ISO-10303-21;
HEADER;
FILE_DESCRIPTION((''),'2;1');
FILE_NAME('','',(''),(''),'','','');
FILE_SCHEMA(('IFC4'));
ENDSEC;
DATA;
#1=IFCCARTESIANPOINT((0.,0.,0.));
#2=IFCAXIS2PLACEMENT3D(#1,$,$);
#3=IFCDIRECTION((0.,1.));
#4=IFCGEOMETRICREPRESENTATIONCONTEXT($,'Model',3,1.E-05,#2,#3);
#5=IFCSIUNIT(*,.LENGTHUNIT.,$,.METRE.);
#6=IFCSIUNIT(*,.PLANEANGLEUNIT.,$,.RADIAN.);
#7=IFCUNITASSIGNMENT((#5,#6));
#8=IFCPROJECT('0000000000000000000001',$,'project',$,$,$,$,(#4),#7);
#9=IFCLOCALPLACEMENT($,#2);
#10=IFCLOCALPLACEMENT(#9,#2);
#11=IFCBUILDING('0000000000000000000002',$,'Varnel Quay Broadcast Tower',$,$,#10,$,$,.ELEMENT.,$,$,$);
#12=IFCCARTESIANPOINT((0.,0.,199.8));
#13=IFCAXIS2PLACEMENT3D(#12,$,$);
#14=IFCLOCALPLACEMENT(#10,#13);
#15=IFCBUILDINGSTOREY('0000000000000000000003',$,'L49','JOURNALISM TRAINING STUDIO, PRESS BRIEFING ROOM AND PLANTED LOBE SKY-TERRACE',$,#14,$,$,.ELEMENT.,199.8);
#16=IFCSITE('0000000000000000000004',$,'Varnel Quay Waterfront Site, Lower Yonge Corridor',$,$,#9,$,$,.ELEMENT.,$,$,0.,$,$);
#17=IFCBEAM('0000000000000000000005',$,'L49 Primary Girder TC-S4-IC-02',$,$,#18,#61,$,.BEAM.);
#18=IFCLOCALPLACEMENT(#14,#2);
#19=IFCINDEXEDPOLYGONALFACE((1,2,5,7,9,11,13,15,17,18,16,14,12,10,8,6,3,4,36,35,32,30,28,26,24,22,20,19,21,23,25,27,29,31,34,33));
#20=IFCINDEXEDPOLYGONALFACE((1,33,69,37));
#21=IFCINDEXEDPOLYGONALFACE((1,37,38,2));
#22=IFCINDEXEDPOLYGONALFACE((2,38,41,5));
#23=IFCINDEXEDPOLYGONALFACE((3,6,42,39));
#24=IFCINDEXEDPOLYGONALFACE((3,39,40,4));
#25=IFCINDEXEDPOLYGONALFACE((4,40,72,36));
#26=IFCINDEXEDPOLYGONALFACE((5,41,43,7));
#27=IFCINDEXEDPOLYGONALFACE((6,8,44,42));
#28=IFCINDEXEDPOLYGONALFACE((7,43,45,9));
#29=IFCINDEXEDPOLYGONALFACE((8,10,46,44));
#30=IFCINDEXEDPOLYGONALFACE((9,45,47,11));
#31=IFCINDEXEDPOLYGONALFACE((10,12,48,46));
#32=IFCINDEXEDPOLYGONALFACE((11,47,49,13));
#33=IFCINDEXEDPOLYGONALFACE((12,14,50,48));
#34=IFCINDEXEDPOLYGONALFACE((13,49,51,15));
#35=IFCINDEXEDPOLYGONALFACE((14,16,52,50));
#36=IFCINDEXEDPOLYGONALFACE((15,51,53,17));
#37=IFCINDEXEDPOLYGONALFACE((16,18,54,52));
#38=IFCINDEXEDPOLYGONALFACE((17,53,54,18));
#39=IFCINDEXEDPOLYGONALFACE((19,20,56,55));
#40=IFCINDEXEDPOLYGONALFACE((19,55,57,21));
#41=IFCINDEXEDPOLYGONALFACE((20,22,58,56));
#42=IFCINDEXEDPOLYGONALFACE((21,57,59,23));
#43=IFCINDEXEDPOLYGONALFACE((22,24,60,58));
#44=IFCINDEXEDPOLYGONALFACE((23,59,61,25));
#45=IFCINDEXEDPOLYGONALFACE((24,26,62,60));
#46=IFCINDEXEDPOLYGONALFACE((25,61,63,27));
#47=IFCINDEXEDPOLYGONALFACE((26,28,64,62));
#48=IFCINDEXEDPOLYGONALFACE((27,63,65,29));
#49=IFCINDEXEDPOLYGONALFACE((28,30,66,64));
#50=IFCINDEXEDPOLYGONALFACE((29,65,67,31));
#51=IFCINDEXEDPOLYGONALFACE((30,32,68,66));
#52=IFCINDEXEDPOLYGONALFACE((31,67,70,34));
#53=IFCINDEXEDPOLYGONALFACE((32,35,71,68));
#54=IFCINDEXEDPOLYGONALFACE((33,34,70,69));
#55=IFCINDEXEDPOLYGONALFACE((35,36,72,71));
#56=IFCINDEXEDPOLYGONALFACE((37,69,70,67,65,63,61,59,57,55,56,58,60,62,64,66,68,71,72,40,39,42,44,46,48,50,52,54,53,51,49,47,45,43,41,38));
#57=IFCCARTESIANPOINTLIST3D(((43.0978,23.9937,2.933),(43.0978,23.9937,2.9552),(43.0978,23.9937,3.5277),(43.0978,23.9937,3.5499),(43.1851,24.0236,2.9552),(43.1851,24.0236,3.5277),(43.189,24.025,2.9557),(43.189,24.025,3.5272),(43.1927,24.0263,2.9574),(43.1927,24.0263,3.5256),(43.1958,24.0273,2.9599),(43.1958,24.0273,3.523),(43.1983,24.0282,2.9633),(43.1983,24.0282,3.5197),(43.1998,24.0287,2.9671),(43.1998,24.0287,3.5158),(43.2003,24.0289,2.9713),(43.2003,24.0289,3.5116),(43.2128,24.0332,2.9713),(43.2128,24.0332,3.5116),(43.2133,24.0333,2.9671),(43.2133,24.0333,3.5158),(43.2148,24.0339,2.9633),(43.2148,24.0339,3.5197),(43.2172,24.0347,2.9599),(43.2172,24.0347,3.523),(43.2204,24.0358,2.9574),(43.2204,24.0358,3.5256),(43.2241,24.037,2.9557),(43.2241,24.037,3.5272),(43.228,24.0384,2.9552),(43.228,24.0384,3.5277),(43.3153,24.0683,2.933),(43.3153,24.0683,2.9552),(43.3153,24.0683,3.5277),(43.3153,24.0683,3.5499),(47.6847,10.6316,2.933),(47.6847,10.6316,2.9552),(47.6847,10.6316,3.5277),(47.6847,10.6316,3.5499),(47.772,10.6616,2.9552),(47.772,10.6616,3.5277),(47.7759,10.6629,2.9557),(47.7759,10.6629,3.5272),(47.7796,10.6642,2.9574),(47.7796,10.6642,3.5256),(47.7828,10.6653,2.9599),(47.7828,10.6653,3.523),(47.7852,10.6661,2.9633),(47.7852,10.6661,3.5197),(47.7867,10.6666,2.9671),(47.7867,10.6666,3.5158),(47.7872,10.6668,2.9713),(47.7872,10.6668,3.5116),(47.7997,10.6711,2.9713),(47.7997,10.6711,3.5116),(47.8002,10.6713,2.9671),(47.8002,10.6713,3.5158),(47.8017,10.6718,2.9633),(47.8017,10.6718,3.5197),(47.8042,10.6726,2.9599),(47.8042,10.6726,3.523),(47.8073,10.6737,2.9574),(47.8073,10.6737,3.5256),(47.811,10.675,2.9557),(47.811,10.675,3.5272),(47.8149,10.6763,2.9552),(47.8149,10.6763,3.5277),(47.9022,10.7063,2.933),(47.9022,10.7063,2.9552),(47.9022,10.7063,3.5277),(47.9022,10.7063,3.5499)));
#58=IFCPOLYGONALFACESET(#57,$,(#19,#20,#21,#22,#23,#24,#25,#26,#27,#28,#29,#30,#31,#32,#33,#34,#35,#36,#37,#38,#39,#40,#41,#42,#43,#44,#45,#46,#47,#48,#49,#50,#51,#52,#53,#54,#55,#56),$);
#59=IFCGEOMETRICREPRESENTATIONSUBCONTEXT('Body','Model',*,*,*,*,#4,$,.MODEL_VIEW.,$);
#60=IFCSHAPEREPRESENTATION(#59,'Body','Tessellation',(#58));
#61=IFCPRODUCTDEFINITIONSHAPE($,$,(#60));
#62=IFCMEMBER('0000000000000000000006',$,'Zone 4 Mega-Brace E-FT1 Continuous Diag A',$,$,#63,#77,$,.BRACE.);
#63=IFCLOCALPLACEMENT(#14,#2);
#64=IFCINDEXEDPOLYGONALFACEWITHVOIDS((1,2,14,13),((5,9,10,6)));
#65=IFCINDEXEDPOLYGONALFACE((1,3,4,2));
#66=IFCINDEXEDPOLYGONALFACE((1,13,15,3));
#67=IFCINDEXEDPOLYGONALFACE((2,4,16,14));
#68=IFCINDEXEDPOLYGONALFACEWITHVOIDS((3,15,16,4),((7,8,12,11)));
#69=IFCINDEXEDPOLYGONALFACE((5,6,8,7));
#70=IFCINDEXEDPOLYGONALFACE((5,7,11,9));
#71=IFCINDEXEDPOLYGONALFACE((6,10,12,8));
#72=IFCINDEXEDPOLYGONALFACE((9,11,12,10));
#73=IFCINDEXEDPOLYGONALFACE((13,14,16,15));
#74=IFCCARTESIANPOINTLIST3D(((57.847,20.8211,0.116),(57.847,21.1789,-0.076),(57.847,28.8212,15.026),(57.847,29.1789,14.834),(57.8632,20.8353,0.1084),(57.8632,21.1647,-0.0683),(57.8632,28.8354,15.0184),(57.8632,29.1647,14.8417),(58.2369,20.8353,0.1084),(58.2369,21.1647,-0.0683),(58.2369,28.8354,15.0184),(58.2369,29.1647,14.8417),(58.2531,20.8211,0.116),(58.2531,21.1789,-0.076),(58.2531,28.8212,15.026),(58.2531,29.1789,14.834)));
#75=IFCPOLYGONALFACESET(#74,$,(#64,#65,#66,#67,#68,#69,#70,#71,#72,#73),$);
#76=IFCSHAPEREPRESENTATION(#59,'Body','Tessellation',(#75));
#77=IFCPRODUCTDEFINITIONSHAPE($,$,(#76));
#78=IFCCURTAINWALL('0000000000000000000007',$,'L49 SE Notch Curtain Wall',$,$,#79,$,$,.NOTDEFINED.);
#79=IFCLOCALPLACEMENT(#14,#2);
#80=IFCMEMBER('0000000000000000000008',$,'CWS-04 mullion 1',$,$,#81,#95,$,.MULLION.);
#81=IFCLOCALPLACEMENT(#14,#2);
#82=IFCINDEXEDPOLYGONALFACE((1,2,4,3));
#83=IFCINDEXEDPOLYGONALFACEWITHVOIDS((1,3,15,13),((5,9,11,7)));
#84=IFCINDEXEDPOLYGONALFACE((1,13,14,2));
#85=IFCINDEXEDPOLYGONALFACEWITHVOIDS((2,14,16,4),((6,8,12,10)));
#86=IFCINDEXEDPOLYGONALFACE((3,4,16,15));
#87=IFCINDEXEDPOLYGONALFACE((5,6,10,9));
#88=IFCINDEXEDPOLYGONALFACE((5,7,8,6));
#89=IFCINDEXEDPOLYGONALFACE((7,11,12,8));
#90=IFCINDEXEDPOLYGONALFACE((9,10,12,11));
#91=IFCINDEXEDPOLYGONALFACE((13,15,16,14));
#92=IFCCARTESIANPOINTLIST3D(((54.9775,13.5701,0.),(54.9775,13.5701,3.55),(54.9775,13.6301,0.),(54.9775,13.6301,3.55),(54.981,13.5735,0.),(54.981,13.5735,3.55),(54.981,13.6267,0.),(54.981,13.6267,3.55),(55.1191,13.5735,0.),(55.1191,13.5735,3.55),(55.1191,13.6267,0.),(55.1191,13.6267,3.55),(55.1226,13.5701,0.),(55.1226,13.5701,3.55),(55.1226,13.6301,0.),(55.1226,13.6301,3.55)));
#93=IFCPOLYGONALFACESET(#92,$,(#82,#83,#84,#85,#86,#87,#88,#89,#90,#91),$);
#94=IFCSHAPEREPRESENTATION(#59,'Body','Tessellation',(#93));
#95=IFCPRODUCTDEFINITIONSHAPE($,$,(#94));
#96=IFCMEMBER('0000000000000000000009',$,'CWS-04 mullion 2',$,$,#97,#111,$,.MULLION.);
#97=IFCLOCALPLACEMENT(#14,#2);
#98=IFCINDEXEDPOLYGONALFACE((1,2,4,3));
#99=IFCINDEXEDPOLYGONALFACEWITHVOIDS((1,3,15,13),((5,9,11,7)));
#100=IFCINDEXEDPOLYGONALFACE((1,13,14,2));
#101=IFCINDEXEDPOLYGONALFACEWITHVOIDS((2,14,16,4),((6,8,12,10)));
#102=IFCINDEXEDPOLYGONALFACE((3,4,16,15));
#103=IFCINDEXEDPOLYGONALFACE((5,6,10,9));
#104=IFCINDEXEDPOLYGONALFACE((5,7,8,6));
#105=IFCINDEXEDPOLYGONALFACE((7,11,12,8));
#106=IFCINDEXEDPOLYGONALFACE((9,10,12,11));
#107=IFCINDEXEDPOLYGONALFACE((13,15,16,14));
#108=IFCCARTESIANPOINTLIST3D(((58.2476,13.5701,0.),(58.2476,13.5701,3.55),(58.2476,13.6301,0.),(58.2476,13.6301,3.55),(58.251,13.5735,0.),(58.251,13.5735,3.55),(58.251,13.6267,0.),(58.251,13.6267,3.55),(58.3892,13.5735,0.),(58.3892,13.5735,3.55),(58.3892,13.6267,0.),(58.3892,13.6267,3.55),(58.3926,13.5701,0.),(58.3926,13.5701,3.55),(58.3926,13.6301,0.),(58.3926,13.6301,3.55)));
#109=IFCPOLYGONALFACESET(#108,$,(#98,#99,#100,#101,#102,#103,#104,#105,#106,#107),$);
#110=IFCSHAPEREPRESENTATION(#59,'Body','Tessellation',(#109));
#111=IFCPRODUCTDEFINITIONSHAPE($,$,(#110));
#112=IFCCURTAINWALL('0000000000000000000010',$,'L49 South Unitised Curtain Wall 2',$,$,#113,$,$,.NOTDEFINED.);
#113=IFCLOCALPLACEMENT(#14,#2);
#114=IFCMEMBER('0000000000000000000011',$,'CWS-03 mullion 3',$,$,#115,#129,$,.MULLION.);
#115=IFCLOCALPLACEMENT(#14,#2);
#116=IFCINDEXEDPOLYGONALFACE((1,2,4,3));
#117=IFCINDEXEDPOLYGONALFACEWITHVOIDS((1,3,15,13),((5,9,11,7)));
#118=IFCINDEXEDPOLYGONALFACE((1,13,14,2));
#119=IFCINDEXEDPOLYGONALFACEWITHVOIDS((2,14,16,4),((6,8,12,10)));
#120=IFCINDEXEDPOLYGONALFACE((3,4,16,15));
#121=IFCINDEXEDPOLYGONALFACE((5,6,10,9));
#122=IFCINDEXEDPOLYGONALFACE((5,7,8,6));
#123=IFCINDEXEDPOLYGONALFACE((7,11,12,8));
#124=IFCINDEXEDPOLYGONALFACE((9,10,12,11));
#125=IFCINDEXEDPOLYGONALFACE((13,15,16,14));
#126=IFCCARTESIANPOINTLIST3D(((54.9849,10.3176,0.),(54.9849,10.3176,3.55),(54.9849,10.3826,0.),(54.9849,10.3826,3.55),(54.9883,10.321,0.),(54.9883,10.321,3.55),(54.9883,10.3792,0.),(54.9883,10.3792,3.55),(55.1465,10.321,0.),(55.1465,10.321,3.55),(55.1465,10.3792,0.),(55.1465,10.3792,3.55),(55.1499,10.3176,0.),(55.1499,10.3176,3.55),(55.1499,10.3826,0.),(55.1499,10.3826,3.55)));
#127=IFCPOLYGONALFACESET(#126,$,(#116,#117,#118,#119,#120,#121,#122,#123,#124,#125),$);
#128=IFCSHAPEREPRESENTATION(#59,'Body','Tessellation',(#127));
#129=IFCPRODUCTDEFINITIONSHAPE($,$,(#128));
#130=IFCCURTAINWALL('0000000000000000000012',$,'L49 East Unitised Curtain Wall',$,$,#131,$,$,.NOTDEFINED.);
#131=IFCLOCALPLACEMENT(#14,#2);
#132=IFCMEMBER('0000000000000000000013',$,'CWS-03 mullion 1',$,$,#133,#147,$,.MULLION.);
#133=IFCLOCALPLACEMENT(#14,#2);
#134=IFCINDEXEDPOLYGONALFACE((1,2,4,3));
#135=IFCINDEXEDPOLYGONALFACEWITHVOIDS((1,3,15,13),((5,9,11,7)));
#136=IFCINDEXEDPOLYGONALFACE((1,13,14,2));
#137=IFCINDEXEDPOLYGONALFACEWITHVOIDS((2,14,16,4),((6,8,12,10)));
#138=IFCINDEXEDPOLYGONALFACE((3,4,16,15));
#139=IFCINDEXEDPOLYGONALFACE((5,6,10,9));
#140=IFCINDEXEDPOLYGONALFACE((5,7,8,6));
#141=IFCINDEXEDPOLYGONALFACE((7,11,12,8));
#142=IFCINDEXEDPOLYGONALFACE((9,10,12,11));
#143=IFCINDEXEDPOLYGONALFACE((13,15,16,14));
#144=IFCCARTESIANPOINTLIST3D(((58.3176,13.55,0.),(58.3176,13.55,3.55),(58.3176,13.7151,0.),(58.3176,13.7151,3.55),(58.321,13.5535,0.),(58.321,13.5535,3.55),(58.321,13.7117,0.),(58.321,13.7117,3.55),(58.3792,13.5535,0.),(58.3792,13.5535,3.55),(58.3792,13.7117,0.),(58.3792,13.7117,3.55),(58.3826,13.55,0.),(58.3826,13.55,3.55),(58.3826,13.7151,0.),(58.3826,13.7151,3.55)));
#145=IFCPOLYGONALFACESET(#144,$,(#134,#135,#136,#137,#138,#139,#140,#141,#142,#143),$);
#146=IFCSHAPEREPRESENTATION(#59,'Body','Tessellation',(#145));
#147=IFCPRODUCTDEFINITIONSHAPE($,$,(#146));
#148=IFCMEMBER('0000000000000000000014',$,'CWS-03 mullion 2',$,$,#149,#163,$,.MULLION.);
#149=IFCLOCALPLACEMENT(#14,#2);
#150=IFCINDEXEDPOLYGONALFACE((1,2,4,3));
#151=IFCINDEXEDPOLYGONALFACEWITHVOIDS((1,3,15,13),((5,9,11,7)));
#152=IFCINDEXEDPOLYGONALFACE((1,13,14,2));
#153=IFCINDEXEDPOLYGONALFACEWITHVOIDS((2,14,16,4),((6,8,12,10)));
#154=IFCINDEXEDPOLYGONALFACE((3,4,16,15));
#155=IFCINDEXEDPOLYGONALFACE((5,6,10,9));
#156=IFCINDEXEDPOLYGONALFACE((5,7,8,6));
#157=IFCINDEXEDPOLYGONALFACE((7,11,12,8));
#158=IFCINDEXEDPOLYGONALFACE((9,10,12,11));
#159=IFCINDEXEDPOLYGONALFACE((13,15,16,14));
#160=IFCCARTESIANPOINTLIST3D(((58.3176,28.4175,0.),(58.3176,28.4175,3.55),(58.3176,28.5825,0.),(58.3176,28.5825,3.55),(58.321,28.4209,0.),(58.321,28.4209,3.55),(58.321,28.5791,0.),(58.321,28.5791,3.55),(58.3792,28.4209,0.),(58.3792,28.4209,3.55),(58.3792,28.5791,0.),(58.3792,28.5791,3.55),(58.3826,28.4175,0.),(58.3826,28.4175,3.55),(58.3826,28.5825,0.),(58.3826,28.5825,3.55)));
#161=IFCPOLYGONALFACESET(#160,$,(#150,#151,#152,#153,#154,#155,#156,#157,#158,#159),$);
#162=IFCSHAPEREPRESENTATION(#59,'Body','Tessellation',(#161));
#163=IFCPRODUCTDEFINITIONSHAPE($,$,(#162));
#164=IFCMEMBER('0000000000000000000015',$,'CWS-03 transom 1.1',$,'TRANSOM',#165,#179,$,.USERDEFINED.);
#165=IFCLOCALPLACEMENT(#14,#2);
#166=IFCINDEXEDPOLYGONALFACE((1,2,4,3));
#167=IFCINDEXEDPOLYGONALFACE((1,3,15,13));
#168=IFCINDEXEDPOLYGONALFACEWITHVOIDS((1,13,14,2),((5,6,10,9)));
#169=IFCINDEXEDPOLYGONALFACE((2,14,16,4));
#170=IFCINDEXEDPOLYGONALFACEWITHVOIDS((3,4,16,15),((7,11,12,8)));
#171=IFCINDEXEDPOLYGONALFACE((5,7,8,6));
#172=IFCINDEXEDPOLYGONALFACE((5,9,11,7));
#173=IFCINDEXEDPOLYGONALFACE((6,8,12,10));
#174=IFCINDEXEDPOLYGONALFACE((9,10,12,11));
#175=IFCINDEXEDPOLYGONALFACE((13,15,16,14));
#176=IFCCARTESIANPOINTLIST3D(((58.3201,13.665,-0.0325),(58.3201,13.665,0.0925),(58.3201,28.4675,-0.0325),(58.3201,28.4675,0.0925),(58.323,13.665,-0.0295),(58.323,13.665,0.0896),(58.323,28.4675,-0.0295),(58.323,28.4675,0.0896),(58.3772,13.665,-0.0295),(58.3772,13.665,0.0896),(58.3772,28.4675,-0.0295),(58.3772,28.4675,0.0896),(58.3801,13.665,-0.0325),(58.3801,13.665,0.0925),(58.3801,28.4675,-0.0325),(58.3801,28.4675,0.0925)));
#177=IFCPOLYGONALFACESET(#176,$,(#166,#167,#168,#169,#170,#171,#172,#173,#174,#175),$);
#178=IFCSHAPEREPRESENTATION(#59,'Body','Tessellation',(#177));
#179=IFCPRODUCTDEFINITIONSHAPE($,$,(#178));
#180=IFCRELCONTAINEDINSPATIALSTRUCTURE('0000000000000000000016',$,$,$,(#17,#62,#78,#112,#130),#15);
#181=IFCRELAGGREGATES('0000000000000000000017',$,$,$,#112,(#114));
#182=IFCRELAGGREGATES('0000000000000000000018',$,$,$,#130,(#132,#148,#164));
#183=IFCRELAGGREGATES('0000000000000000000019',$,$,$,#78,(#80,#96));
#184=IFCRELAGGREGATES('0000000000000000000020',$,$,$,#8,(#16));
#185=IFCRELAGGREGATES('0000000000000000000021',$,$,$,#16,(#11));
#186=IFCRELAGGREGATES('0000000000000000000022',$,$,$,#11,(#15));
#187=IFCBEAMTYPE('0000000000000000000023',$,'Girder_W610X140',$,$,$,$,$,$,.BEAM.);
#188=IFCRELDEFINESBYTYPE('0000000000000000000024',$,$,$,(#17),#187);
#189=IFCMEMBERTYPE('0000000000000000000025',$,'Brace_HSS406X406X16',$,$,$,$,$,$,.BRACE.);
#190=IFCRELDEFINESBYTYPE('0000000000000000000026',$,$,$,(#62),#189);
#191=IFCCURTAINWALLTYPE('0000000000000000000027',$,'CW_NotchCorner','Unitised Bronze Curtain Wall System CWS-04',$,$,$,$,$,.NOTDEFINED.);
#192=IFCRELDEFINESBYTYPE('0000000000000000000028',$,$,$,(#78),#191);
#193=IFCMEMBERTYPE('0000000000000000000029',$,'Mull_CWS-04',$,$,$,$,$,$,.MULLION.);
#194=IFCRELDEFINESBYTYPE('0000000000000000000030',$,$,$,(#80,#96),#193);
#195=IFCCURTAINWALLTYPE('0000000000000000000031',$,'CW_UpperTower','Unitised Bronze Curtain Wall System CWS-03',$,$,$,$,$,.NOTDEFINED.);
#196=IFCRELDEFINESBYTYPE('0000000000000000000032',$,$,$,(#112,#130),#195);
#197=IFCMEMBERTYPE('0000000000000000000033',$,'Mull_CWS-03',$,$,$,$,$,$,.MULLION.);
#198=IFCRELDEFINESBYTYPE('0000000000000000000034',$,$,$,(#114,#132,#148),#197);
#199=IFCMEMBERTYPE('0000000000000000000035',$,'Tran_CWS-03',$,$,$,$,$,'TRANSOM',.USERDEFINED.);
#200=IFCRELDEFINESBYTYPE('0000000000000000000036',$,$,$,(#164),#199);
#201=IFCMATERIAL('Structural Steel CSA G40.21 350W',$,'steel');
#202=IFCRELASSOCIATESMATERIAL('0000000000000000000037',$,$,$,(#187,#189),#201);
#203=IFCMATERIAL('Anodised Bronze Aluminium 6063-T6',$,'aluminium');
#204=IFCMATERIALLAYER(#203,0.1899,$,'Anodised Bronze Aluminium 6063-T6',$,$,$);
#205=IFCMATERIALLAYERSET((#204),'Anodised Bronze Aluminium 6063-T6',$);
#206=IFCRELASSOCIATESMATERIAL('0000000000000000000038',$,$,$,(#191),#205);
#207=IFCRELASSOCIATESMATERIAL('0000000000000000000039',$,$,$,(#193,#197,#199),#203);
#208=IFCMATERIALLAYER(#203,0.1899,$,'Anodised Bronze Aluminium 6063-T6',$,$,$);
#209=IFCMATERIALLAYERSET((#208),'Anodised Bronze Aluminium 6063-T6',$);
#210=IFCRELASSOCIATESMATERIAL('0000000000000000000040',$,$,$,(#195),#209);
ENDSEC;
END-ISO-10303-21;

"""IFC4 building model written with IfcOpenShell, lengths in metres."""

from ifc_helpers import new_model, si_unit, direction, frame, origin, origin_2d, place, context, subcontext, project, spatial, hollow_rectangle, i_section, extrude, source, transform, mapped, material, layer, layer_set, material_profile, profile_set, type_object, type_shapes, element, aggregate, save


model = new_model("IFC4")

# Units and contexts
model_context = context("Model", 3, precision=1e-05, world=origin(), true_north=direction((0.0, 1.0)))
body_context = subcontext(model_context, "Body", "Model", "MODEL_VIEW")
ifc_project = project(units=[si_unit("LENGTHUNIT", "METRE"), si_unit("PLANEANGLEUNIT", "RADIAN")], contexts=[model_context])

# Site, building, storey
site_placement = place(None, origin())
site = spatial("IfcSite", under=ifc_project, at=site_placement, Name="Varnel Quay Waterfront Site, Lower Yonge Corridor", CompositionType="ELEMENT", RefElevation=0.0)
building_placement = place(site_placement, origin())
building = spatial("IfcBuilding", under=site, at=building_placement, Name="Varnel Quay Broadcast Tower", CompositionType="ELEMENT")
storey_placement = place(building_placement, frame((0.0, 0.0, 199.8)))
storey = spatial("IfcBuildingStorey", under=building, at=storey_placement, Name="L49", Description="JOURNALISM TRAINING STUDIO, PRESS BRIEFING ROOM AND PLANTED LOBE SKY-TERRACE", CompositionType="ELEMENT", Elevation=199.8)

# Shared definitions
ifc_material_1 = material(Name="Structural Steel CSA G40.21 350W", Category="steel")

# Beam
ifc_material_profile_1 = material_profile(ifc_material_1, i_section(OverallWidth=0.23, OverallDepth=0.6169, WebThickness=0.0132, FlangeThickness=0.0222, FilletRadius=0.0161, at=origin_2d()), Name="W610X140")
ifc_profile_set_1 = profile_set([ifc_material_profile_1], Name="Structural Steel CSA G40.21 350W")
beam_type_1 = type_object("IfcBeamType", Name="Girder_W610X140", PredefinedType="BEAM", material=ifc_profile_set_1)
shared_shape_1 = source(origin(), body_context, "Body", "SweptSolid", [
    extrude(i_section(OverallWidth=0.23, OverallDepth=0.6169, WebThickness=0.0132, FlangeThickness=0.0222, FilletRadius=0.0161, at=origin_2d()), origin(), (0.0, 0.0, 1.0), 14.1274),
])
type_shapes(beam_type_1, [shared_shape_1])
beam_1_placement = place(storey_placement, frame((47.7935, 10.6689, 3.2415), z_axis=(-0.324681, 0.945823, 0.0), x_axis=(-0.945823, -0.324681, 0.0)))
element("IfcBeam", 1, at=beam_1_placement, inside=storey, type_object=beam_type_1, Name="L49 Primary Girder TC-S4-IC-02", PredefinedType="BEAM", context=body_context, shape_type="MappedRepresentation", body=[
    mapped(shared_shape_1, transform((0.0, 0.0, 0.0), x_axis=(1.0, 0.0, 0.0), y_axis=(0.0, 1.0, 0.0), z_axis=(0.0, 0.0, 1.0), scale=1.0)),
])

# Member
ifc_material_profile_2 = material_profile(ifc_material_1, hollow_rectangle(XDim=0.406, YDim=0.406, WallThickness=0.0161, at=origin_2d()), Name="HSS406X406X16")
ifc_profile_set_2 = profile_set([ifc_material_profile_2], Name="Structural Steel CSA G40.21 350W")
member_type_1 = type_object("IfcMemberType", Name="Brace_HSS406X406X16", PredefinedType="BRACE", material=ifc_profile_set_2)
shared_shape_2 = source(origin(), body_context, "Body", "SweptSolid", [
    extrude(hollow_rectangle(XDim=0.406, YDim=0.406, WallThickness=0.0161, at=origin_2d()), origin(), (0.0, 0.0, 1.0), 16.9207),
])
type_shapes(member_type_1, [shared_shape_2])
member_1_placement = place(storey_placement, frame((58.05, 21.0, 0.02), z_axis=(0.0, 0.472797, 0.881171), x_axis=(-1.0, 0.0, 0.0)))
element("IfcMember", 2, at=member_1_placement, inside=storey, type_object=member_type_1, Name="Zone 4 Mega-Brace E-FT1 Continuous Diag A", PredefinedType="BRACE", context=body_context, shape_type="MappedRepresentation", body=[
    mapped(shared_shape_2, transform((0.0, 0.0, 0.0), x_axis=(1.0, 0.0, 0.0), y_axis=(0.0, 1.0, 0.0), z_axis=(0.0, 0.0, 1.0), scale=1.0)),
])

# Curtain wall, members
ifc_material_2 = material(Name="Anodised Bronze Aluminium 6063-T6", Category="aluminium")
ifc_layer_1 = layer(ifc_material_2, 0.1899, Name="Anodised Bronze Aluminium 6063-T6")
ifc_layer_set_1 = layer_set([ifc_layer_1], Name="Anodised Bronze Aluminium 6063-T6")
curtain_wall_type_1 = type_object("IfcCurtainWallType", Name="CW_NotchCorner", Description="Unitised Bronze Curtain Wall System CWS-04", PredefinedType="NOTDEFINED", material=ifc_layer_set_1)
curtain_wall_1_placement = place(storey_placement, origin())
curtain_wall_1 = element("IfcCurtainWall", 3, at=curtain_wall_1_placement, inside=storey, type_object=curtain_wall_type_1, Name="L49 SE Notch Curtain Wall", PredefinedType="NOTDEFINED")
ifc_material_profile_3 = material_profile(ifc_material_2, hollow_rectangle(XDim=0.0601, YDim=0.145, WallThickness=0.0034, at=origin_2d()), Name="ALU60X145X3.5")
ifc_profile_set_3 = profile_set([ifc_material_profile_3], Name="Anodised Bronze Aluminium 6063-T6")
member_type_2 = type_object("IfcMemberType", Name="Mull_CWS-04", PredefinedType="MULLION", material=ifc_profile_set_3)
shared_shape_3 = source(origin(), body_context, "Body", "SweptSolid", [
    extrude(hollow_rectangle(XDim=0.0601, YDim=0.145, WallThickness=0.0034, at=origin_2d()), origin(), (0.0, 0.0, 1.0), 3.55),
])
type_shapes(member_type_2, [shared_shape_3])
member_2_placement = place(storey_placement, frame((55.05, 13.6001, 0.0), z_axis=(0.0, 0.0, 1.0), x_axis=(0.0, 1.0, 0.0)))
member_2 = element("IfcMember", 4, at=member_2_placement, type_object=member_type_2, Name="CWS-04 mullion 1", PredefinedType="MULLION", context=body_context, shape_type="MappedRepresentation", body=[
    mapped(shared_shape_3, transform((0.0, 0.0, 0.0), x_axis=(1.0, 0.0, 0.0), y_axis=(0.0, 1.0, 0.0), z_axis=(0.0, 0.0, 1.0), scale=1.0)),
])
member_3_placement = place(storey_placement, frame((58.3201, 13.6001, 0.0), z_axis=(0.0, 0.0, 1.0), x_axis=(0.0, 1.0, 0.0)))
member_3 = element("IfcMember", 5, at=member_3_placement, type_object=member_type_2, Name="CWS-04 mullion 2", PredefinedType="MULLION", context=body_context, shape_type="MappedRepresentation", body=[
    mapped(shared_shape_3, transform((0.0, 0.0, 0.0), x_axis=(1.0, 0.0, 0.0), y_axis=(0.0, 1.0, 0.0), z_axis=(0.0, 0.0, 1.0), scale=1.0)),
])

# Curtain wall, member
ifc_layer_2 = layer(ifc_material_2, 0.1899, Name="Anodised Bronze Aluminium 6063-T6")
ifc_layer_set_2 = layer_set([ifc_layer_2], Name="Anodised Bronze Aluminium 6063-T6")
curtain_wall_type_2 = type_object("IfcCurtainWallType", Name="CW_UpperTower", Description="Unitised Bronze Curtain Wall System CWS-03", PredefinedType="NOTDEFINED", material=ifc_layer_set_2)
curtain_wall_2_placement = place(storey_placement, origin())
curtain_wall_2 = element("IfcCurtainWall", 6, at=curtain_wall_2_placement, inside=storey, type_object=curtain_wall_type_2, Name="L49 South Unitised Curtain Wall 2", PredefinedType="NOTDEFINED")
ifc_material_profile_4 = material_profile(ifc_material_2, hollow_rectangle(XDim=0.0649, YDim=0.165, WallThickness=0.0034, at=origin_2d()), Name="ALU65X165X3.5")
ifc_profile_set_4 = profile_set([ifc_material_profile_4], Name="Anodised Bronze Aluminium 6063-T6")
member_type_3 = type_object("IfcMemberType", Name="Mull_CWS-03", PredefinedType="MULLION", material=ifc_profile_set_4)
shared_shape_4 = source(origin(), body_context, "Body", "SweptSolid", [
    extrude(hollow_rectangle(XDim=0.0649, YDim=0.165, WallThickness=0.0034, at=origin_2d()), origin(), (0.0, 0.0, 1.0), 3.55),
])
type_shapes(member_type_3, [shared_shape_4])
member_4_placement = place(storey_placement, frame((55.0674, 10.3501, 0.0), z_axis=(0.0, 0.0, 1.0), x_axis=(0.0, 1.0, 0.0)))
member_4 = element("IfcMember", 7, at=member_4_placement, type_object=member_type_3, Name="CWS-03 mullion 3", PredefinedType="MULLION", context=body_context, shape_type="MappedRepresentation", body=[
    mapped(shared_shape_4, transform((0.0, 0.0, 0.0), x_axis=(1.0, 0.0, 0.0), y_axis=(0.0, 1.0, 0.0), z_axis=(0.0, 0.0, 1.0), scale=1.0)),
])

# Curtain wall, members
curtain_wall_3_placement = place(storey_placement, origin())
curtain_wall_3 = element("IfcCurtainWall", 8, at=curtain_wall_3_placement, inside=storey, type_object=curtain_wall_type_2, Name="L49 East Unitised Curtain Wall", PredefinedType="NOTDEFINED")
member_5_placement = place(storey_placement, frame((58.3501, 13.6326, 0.0), z_axis=(0.0, 0.0, 1.0), x_axis=(-1.0, 0.0, 0.0)))
member_5 = element("IfcMember", 9, at=member_5_placement, type_object=member_type_3, Name="CWS-03 mullion 1", PredefinedType="MULLION", context=body_context, shape_type="MappedRepresentation", body=[
    mapped(shared_shape_4, transform((0.0, 0.0, 0.0), x_axis=(1.0, 0.0, 0.0), y_axis=(0.0, 1.0, 0.0), z_axis=(0.0, 0.0, 1.0), scale=1.0)),
])
member_6_placement = place(storey_placement, frame((58.3501, 28.5, 0.0), z_axis=(0.0, 0.0, 1.0), x_axis=(-1.0, 0.0, 0.0)))
member_6 = element("IfcMember", 10, at=member_6_placement, type_object=member_type_3, Name="CWS-03 mullion 2", PredefinedType="MULLION", context=body_context, shape_type="MappedRepresentation", body=[
    mapped(shared_shape_4, transform((0.0, 0.0, 0.0), x_axis=(1.0, 0.0, 0.0), y_axis=(0.0, 1.0, 0.0), z_axis=(0.0, 0.0, 1.0), scale=1.0)),
])
ifc_material_profile_5 = material_profile(ifc_material_2, hollow_rectangle(XDim=0.0601, YDim=0.125, WallThickness=0.0029, at=origin_2d()), Name="ALU60X125X3")
ifc_profile_set_5 = profile_set([ifc_material_profile_5], Name="Anodised Bronze Aluminium 6063-T6")
member_type_4 = type_object("IfcMemberType", Name="Tran_CWS-03", ElementType="TRANSOM", PredefinedType="USERDEFINED", material=ifc_profile_set_5)
shared_shape_5 = source(origin(), body_context, "Body", "SweptSolid", [
    extrude(hollow_rectangle(XDim=0.0601, YDim=0.125, WallThickness=0.0029, at=origin_2d()), origin(), (0.0, 0.0, 1.0), 14.8025),
])
type_shapes(member_type_4, [shared_shape_5])
member_7_placement = place(storey_placement, frame((58.3501, 13.665, 0.03), z_axis=(0.0, 1.0, 0.0), x_axis=(-1.0, 0.0, 0.0)))
member_7 = element("IfcMember", 11, at=member_7_placement, type_object=member_type_4, Name="CWS-03 transom 1.1", ObjectType="TRANSOM", PredefinedType="USERDEFINED", context=body_context, shape_type="MappedRepresentation", body=[
    mapped(shared_shape_5, transform((0.0, 0.0, 0.0), x_axis=(1.0, 0.0, 0.0), y_axis=(0.0, 1.0, 0.0), z_axis=(0.0, 0.0, 1.0), scale=1.0)),
])

aggregate(curtain_wall_2, [member_4])
aggregate(curtain_wall_3, [member_5, member_6, member_7])
aggregate(curtain_wall_1, [member_2, member_3])

save(model, "model.ifc")
